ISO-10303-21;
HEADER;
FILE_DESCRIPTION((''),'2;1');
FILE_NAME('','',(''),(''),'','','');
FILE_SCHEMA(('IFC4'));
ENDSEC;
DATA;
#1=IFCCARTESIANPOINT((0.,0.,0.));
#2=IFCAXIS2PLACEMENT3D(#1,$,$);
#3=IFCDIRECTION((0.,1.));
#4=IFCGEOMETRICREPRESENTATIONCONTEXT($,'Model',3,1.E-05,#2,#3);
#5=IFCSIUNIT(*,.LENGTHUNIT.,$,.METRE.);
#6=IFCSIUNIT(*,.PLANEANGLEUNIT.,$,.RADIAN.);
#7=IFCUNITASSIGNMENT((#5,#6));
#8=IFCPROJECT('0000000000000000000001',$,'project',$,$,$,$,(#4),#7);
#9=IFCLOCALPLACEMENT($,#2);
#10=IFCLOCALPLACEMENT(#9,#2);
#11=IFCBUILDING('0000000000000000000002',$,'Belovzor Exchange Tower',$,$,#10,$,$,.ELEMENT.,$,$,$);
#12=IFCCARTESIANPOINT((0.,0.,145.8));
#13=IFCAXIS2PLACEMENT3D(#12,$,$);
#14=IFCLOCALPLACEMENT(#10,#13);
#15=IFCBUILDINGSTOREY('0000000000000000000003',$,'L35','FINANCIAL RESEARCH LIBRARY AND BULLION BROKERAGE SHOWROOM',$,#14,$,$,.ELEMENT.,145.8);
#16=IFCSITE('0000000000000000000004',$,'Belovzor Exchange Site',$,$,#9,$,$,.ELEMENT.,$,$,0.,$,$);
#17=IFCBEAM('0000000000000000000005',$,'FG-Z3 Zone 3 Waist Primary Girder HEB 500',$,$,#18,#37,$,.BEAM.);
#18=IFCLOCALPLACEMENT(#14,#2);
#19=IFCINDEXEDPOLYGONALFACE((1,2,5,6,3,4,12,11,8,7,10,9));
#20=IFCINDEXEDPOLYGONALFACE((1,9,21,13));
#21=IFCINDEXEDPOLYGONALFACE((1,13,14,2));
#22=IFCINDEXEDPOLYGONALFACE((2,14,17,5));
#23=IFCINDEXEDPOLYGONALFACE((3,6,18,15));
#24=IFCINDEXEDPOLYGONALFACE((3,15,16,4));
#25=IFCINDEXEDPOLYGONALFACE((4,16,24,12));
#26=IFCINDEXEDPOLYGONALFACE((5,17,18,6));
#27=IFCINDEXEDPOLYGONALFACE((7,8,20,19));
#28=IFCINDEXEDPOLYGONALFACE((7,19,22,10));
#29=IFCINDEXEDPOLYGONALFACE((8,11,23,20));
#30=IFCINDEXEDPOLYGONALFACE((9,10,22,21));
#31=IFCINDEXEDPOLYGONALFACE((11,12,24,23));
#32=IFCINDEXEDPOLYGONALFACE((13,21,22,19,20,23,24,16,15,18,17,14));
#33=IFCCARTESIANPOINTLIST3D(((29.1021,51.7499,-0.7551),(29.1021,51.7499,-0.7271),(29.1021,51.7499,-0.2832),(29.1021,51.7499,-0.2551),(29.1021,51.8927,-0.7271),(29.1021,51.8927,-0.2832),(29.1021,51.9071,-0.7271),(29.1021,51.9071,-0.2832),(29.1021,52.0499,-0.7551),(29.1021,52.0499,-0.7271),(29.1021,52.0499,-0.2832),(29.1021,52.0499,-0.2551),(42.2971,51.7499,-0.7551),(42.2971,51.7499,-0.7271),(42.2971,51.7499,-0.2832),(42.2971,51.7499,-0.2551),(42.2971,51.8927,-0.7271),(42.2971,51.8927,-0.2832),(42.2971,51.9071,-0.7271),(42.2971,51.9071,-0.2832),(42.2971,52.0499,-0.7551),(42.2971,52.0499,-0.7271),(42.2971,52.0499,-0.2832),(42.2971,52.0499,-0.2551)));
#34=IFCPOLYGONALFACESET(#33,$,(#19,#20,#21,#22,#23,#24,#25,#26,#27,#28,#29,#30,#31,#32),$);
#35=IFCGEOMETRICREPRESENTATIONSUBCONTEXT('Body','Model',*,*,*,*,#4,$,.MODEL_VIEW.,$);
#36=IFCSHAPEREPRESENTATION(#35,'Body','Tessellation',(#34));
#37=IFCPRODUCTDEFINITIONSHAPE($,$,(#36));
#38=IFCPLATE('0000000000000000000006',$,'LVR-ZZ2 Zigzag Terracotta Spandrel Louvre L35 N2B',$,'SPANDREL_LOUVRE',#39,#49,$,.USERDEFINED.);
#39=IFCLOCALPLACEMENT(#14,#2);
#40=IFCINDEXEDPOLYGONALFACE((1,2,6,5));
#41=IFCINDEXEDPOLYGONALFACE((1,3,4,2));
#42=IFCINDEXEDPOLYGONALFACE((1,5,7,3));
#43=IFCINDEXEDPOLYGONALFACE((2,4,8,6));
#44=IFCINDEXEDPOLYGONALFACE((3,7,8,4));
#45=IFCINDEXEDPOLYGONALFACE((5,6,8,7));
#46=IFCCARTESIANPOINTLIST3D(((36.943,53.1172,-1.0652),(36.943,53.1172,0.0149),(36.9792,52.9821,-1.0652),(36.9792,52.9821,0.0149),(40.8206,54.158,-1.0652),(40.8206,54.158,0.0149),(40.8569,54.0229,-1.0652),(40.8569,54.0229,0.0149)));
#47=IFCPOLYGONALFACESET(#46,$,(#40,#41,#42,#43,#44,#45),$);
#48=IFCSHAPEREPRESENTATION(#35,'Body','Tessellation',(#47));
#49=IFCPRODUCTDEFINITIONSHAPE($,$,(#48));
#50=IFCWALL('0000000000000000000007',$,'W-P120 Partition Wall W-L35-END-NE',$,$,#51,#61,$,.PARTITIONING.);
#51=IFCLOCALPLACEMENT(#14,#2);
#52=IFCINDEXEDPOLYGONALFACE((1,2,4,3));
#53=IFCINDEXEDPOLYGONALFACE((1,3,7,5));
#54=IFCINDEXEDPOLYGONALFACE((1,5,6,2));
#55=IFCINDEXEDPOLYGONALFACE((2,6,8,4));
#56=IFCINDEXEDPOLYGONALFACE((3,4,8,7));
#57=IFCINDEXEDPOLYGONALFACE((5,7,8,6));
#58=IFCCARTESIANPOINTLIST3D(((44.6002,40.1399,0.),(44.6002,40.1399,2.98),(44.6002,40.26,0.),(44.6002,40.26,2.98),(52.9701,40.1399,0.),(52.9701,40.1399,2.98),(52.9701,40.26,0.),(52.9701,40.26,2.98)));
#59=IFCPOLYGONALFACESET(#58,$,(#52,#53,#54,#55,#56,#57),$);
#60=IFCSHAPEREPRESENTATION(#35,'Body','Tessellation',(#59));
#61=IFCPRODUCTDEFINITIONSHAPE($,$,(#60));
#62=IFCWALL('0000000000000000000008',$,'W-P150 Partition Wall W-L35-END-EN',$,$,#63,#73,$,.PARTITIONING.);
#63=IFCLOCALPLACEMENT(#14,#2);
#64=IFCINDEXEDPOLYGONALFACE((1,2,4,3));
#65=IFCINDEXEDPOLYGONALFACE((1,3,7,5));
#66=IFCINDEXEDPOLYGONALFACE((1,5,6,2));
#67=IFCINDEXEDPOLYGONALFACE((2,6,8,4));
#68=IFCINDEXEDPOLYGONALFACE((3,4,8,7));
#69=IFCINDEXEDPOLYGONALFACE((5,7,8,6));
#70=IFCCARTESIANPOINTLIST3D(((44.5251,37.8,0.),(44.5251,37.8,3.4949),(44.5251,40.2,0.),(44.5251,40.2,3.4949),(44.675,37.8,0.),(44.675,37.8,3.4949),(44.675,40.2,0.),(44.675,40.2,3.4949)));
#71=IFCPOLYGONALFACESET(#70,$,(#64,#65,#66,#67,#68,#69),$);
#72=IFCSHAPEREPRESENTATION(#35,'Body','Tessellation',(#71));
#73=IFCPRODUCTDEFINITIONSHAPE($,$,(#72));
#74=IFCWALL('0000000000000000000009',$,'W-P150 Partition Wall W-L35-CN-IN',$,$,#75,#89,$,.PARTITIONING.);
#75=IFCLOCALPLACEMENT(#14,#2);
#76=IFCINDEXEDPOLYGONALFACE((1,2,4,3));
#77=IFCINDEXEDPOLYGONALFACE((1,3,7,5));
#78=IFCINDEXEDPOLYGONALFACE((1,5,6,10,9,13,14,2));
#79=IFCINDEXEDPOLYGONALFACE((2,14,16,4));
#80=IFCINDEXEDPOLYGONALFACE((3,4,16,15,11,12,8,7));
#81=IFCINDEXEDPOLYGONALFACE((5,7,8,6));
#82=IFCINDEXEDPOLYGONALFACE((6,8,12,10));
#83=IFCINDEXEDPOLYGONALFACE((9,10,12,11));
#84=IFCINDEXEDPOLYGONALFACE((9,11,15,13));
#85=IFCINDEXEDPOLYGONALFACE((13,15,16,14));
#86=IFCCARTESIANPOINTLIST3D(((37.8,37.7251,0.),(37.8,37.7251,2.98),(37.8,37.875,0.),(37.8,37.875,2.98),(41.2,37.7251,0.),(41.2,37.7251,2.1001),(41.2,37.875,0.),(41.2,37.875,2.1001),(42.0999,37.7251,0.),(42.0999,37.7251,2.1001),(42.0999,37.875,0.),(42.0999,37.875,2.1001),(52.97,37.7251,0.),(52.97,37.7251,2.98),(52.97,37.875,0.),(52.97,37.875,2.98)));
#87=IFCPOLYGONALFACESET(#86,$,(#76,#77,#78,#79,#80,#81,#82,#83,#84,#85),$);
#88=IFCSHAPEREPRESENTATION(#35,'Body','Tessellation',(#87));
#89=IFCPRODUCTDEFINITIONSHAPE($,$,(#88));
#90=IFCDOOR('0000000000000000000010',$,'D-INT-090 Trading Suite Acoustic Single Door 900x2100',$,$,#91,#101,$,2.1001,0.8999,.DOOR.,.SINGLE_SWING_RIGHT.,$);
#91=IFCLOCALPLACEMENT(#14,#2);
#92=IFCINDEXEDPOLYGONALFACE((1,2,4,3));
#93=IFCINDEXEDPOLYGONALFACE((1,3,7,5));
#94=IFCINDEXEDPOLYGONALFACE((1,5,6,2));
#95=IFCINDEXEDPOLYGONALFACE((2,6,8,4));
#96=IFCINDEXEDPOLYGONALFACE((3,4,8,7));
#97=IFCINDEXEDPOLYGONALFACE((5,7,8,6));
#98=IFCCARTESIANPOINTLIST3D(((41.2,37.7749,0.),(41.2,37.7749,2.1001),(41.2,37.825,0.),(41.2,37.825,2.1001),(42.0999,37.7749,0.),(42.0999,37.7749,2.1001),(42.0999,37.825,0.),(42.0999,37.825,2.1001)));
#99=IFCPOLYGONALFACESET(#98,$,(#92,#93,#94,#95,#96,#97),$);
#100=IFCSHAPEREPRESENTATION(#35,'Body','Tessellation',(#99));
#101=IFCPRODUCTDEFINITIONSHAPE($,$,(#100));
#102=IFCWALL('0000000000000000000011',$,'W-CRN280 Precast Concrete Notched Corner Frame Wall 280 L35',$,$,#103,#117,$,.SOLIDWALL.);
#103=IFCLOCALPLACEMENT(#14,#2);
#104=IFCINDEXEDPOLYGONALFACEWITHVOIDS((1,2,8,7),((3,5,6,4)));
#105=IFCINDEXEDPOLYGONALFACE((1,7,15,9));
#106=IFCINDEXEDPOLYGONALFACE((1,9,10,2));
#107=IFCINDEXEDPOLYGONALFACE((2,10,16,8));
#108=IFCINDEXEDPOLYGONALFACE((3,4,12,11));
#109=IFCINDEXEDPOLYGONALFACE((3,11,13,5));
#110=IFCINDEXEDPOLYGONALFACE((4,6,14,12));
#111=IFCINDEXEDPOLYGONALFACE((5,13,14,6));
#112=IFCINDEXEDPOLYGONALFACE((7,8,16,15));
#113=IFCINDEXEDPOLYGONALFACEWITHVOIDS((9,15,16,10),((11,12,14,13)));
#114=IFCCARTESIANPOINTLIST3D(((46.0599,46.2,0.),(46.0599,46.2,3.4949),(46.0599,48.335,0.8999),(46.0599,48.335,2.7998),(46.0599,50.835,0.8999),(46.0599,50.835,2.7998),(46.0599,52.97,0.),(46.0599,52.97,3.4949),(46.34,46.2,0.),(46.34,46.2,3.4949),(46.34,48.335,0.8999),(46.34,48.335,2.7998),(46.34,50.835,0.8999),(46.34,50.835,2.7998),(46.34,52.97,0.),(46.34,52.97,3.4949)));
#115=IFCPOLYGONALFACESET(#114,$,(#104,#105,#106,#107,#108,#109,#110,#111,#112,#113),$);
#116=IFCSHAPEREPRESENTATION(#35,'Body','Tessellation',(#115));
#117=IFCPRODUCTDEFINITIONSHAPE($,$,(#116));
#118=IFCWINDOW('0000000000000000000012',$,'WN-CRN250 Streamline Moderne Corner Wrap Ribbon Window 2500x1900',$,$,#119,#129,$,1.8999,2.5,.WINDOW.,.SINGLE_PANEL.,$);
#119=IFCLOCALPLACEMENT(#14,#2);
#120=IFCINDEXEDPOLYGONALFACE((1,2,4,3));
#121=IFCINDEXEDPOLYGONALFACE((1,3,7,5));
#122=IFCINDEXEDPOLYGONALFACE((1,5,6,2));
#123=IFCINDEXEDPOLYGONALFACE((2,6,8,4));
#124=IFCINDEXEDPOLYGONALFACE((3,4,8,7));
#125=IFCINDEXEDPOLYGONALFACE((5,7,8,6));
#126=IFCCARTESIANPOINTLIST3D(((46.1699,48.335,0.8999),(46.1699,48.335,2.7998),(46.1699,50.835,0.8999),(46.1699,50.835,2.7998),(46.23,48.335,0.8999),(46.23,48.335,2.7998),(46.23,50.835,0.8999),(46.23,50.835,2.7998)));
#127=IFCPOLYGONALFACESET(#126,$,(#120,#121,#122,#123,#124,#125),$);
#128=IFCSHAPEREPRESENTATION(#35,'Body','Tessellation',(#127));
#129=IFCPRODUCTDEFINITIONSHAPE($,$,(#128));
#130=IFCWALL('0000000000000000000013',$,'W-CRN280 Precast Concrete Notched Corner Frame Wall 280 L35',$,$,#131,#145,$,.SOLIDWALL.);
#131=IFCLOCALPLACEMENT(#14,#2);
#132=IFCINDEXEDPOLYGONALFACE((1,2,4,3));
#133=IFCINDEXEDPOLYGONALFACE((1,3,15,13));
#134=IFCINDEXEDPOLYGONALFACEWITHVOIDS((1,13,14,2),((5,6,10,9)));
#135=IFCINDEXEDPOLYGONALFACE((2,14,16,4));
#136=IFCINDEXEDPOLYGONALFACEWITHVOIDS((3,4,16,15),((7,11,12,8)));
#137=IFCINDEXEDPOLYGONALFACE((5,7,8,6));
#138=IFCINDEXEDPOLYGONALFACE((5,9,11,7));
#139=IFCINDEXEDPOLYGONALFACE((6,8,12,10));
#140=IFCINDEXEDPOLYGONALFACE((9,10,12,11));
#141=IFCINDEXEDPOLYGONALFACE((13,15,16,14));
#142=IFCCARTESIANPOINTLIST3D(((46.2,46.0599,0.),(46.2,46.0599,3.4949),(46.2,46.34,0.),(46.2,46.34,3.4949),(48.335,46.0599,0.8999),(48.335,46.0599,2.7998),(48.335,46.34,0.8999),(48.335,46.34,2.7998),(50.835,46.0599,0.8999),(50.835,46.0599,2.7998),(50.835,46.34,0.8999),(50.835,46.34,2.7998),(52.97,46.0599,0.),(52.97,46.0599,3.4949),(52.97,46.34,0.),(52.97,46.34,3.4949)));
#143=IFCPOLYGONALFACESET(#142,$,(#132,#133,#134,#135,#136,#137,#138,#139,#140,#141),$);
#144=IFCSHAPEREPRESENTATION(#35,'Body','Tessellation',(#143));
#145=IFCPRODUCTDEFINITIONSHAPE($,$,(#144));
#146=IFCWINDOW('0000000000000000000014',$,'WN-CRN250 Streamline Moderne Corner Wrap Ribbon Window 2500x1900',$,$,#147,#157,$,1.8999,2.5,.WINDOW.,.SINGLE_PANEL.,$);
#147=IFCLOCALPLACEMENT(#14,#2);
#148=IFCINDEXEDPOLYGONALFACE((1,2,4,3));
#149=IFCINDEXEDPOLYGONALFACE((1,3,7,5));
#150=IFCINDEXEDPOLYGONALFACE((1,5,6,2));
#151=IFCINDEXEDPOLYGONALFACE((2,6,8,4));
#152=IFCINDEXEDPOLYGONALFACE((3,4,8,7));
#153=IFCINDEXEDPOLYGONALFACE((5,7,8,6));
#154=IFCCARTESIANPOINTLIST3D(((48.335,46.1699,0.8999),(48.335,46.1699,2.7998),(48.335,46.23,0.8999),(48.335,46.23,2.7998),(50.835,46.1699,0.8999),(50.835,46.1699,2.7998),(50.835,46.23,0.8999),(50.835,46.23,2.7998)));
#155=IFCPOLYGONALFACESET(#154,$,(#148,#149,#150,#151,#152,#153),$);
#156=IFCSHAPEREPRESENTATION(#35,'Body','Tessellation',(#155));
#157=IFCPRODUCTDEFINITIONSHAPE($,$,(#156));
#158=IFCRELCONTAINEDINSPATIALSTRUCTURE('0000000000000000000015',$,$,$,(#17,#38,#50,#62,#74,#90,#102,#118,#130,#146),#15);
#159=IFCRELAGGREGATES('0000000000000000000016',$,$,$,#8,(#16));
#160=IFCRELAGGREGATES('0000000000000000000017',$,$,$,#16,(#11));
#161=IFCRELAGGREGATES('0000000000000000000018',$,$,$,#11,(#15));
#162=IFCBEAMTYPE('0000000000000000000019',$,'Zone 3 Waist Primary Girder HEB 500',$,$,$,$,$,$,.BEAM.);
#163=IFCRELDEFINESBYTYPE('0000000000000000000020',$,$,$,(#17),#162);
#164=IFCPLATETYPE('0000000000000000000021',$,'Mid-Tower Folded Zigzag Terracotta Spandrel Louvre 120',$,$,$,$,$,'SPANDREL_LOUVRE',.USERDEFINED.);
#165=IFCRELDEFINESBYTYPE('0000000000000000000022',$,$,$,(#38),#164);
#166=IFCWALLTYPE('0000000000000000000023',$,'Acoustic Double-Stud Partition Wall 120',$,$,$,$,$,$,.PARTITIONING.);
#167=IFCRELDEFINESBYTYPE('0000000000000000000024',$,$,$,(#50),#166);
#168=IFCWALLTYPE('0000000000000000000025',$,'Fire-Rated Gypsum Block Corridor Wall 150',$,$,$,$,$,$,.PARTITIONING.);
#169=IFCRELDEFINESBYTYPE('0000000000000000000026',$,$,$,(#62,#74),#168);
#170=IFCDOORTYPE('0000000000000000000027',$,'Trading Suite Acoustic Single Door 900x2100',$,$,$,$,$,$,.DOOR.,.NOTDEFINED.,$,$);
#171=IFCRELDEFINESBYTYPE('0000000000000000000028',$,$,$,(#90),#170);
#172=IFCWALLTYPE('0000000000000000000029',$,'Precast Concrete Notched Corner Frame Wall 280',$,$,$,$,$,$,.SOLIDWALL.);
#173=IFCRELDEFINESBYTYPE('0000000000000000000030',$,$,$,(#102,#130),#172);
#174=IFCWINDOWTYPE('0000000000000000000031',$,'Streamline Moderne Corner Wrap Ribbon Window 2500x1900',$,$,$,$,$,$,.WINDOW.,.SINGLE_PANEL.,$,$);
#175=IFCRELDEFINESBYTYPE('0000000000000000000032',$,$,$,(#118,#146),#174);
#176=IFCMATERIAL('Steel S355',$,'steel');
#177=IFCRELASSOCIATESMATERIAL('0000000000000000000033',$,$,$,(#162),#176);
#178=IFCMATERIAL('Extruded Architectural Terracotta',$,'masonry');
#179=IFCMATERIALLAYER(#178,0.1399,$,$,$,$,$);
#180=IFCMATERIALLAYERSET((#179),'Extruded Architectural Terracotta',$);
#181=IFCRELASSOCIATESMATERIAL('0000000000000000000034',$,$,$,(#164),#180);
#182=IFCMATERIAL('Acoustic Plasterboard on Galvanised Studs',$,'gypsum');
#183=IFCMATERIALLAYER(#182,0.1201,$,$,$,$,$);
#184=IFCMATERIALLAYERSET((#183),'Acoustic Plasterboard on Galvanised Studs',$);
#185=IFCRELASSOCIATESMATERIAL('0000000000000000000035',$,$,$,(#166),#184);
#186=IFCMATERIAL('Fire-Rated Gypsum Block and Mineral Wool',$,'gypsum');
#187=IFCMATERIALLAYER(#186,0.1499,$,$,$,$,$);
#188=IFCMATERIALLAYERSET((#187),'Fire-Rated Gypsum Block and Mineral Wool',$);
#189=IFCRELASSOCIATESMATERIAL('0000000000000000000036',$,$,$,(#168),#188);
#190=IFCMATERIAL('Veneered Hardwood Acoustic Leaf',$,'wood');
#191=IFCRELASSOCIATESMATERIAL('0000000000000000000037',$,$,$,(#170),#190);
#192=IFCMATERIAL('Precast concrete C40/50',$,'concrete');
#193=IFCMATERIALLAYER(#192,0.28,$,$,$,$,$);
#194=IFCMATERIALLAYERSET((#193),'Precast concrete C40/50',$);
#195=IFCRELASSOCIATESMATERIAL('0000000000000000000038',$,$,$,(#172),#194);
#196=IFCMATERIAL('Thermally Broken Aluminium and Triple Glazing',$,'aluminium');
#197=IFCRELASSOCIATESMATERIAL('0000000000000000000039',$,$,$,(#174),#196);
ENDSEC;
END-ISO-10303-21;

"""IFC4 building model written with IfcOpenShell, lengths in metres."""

from ifc_helpers import new_model, si_unit, direction, frame, frame_2d, origin, origin_2d, place, context, subcontext, project, spatial, rectangle, i_section, extrude, material, layer, layer_set, material_profile, profile_set, type_object, element, fill, save


model = new_model("IFC4")

# Units and contexts
model_context = context("Model", 3, precision=1e-05, world=origin(), true_north=direction((0.0, 1.0)))
body_context = subcontext(model_context, "Body", "Model", "MODEL_VIEW")
ifc_project = project(units=[si_unit("LENGTHUNIT", "METRE"), si_unit("PLANEANGLEUNIT", "RADIAN")], contexts=[model_context])

# Site, building, storey
site_placement = place(None, origin())
site = spatial("IfcSite", under=ifc_project, at=site_placement, Name="Belovzor Exchange Site", CompositionType="ELEMENT", RefElevation=0.0)
building_placement = place(site_placement, origin())
building = spatial("IfcBuilding", under=site, at=building_placement, Name="Belovzor Exchange Tower", CompositionType="ELEMENT")
storey_placement = place(building_placement, frame((0.0, 0.0, 145.8)))
storey = spatial("IfcBuildingStorey", under=building, at=storey_placement, Name="L35", Description="FINANCIAL RESEARCH LIBRARY AND BULLION BROKERAGE SHOWROOM", CompositionType="ELEMENT", Elevation=145.8)

# Beam
ifc_material_1 = material(Name="Steel S355", Category="steel")
ifc_material_profile_1 = material_profile(ifc_material_1, i_section(OverallWidth=0.3, OverallDepth=0.5, WebThickness=0.0144, FlangeThickness=0.0281, at=origin_2d()))
ifc_profile_set_1 = profile_set([ifc_material_profile_1], Name="Steel S355")
beam_type_1 = type_object("IfcBeamType", Name="Zone 3 Waist Primary Girder HEB 500", PredefinedType="BEAM", material=ifc_profile_set_1)
beam_1_placement = place(storey_placement, frame((42.2971, 51.8999, -0.5051), z_axis=(-1.0, 0.0, 0.0), x_axis=(0.0, -1.0, 0.0)))
element("IfcBeam", 1, at=beam_1_placement, inside=storey, type_object=beam_type_1, Name="FG-Z3 Zone 3 Waist Primary Girder HEB 500", PredefinedType="BEAM", context=body_context, shape_type="SweptSolid", body=[
    extrude(i_section(OverallWidth=0.3, OverallDepth=0.5, WebThickness=0.0144, FlangeThickness=0.0281, at=origin_2d()), origin(), (0.0, 0.0, 1.0), 13.1951),
])

# Plate
ifc_material_2 = material(Name="Extruded Architectural Terracotta", Category="masonry")
ifc_layer_1 = layer(ifc_material_2, 0.1399)
ifc_layer_set_1 = layer_set([ifc_layer_1], Name="Extruded Architectural Terracotta")
plate_type = type_object("IfcPlateType", Name="Mid-Tower Folded Zigzag Terracotta Spandrel Louvre 120", ElementType="SPANDREL_LOUVRE", PredefinedType="USERDEFINED", material=ifc_layer_set_1)
plate_placement = place(storey_placement, frame((38.8999, 53.5701, -1.0652), z_axis=(0.0, 0.0, 1.0), x_axis=(0.965813, 0.25924, 0.0)))
element("IfcPlate", 2, at=plate_placement, inside=storey, type_object=plate_type, Name="LVR-ZZ2 Zigzag Terracotta Spandrel Louvre L35 N2B", ObjectType="SPANDREL_LOUVRE", PredefinedType="USERDEFINED", context=body_context, shape_type="SweptSolid", body=[
    extrude(rectangle(XDim=4.0149, YDim=0.1399, at=origin_2d()), origin(), (0.0, 0.0, 1.0), 1.0801),
])

# Walls
ifc_material_3 = material(Name="Acoustic Plasterboard on Galvanised Studs", Category="gypsum")
ifc_layer_2 = layer(ifc_material_3, 0.1201)
ifc_layer_set_2 = layer_set([ifc_layer_2], Name="Acoustic Plasterboard on Galvanised Studs")
wall_type_1 = type_object("IfcWallType", Name="Acoustic Double-Stud Partition Wall 120", PredefinedType="PARTITIONING", material=ifc_layer_set_2)
wall_1_placement = place(storey_placement, frame((44.6001, 40.2, 0.0), z_axis=(0.0, 0.0, 1.0), x_axis=(1.0, 0.0, 0.0)))
element("IfcWall", 3, at=wall_1_placement, inside=storey, type_object=wall_type_1, Name="W-P120 Partition Wall W-L35-END-NE", PredefinedType="PARTITIONING", context=body_context, shape_type="SweptSolid", body=[
    extrude(rectangle(XDim=8.3699, YDim=0.1201, at=frame_2d((4.1851, 0.0))), origin(), (0.0, 0.0, 1.0), 2.98),
])
ifc_material_4 = material(Name="Fire-Rated Gypsum Block and Mineral Wool", Category="gypsum")
ifc_layer_3 = layer(ifc_material_4, 0.1499)
ifc_layer_set_3 = layer_set([ifc_layer_3], Name="Fire-Rated Gypsum Block and Mineral Wool")
wall_type_2 = type_object("IfcWallType", Name="Fire-Rated Gypsum Block Corridor Wall 150", PredefinedType="PARTITIONING", material=ifc_layer_set_3)
wall_2_placement = place(storey_placement, frame((44.6001, 37.8, 0.0), z_axis=(0.0, 0.0, 1.0), x_axis=(0.0, 1.0, 0.0)))
element("IfcWall", 4, at=wall_2_placement, inside=storey, type_object=wall_type_2, Name="W-P150 Partition Wall W-L35-END-EN", PredefinedType="PARTITIONING", context=body_context, shape_type="SweptSolid", body=[
    extrude(rectangle(XDim=2.3999, YDim=0.1499, at=frame_2d((1.2, 0.0))), origin(), (0.0, 0.0, 1.0), 3.4949),
])

# Wall, opening, door
wall_3_placement = place(storey_placement, frame((37.8, 37.8, 0.0), z_axis=(0.0, 0.0, 1.0), x_axis=(1.0, 0.0, 0.0)))
wall_3 = element("IfcWall", 5, at=wall_3_placement, inside=storey, type_object=wall_type_2, Name="W-P150 Partition Wall W-L35-CN-IN", PredefinedType="PARTITIONING", context=body_context, shape_type="SweptSolid", body=[
    extrude(rectangle(XDim=15.1699, YDim=0.1499, at=frame_2d((7.585, 0.0))), origin(), (0.0, 0.0, 1.0), 2.98),
])
opening_1_placement = place(wall_3_placement, frame((3.3999, 0.0, 0.0)))
opening_1 = element("IfcOpeningElement", 6, at=opening_1_placement, cuts=wall_3, PredefinedType="OPENING", context=body_context, shape_type="SweptSolid", body=[
    extrude(rectangle(XDim=0.8999, YDim=2.1001, at=frame_2d((0.45, 1.05))), frame((0.0, 0.085, 0.0), z_axis=(0.0, -1.0, 0.0), x_axis=(1.0, 0.0, 0.0)), (0.0, 0.0, 1.0), 0.1699),
])
ifc_material_5 = material(Name="Veneered Hardwood Acoustic Leaf", Category="wood")
door_type_1 = type_object("IfcDoorType", Name="Trading Suite Acoustic Single Door 900x2100", OperationType="NOTDEFINED", PredefinedType="DOOR", material=ifc_material_5)
door_1_placement = place(opening_1_placement, origin())
door_1 = element("IfcDoor", 7, at=door_1_placement, inside=storey, type_object=door_type_1, Name="D-INT-090 Trading Suite Acoustic Single Door 900x2100", OperationType="SINGLE_SWING_RIGHT", OverallHeight=2.1001, OverallWidth=0.8999, PredefinedType="DOOR", context=body_context, shape_type="SweptSolid", body=[
    extrude(rectangle(XDim=0.8999, YDim=2.1001, at=frame_2d((0.45, 1.05))), frame((0.0, 0.0249, 0.0), z_axis=(0.0, -1.0, 0.0), x_axis=(1.0, 0.0, 0.0)), (0.0, 0.0, 1.0), 0.05),
])
fill(opening_1, door_1)

# Walls, openings, windows
ifc_material_6 = material(Name="Precast concrete C40/50", Category="concrete")
ifc_layer_4 = layer(ifc_material_6, 0.28)
ifc_layer_set_4 = layer_set([ifc_layer_4], Name="Precast concrete C40/50")
wall_type_3 = type_object("IfcWallType", Name="Precast Concrete Notched Corner Frame Wall 280", PredefinedType="SOLIDWALL", material=ifc_layer_set_4)
wall_4_placement = place(storey_placement, frame((46.2, 52.97, 0.0), z_axis=(0.0, 0.0, 1.0), x_axis=(0.0, -1.0, 0.0)))
wall_4 = element("IfcWall", 8, at=wall_4_placement, inside=storey, type_object=wall_type_3, Name="W-CRN280 Precast Concrete Notched Corner Frame Wall 280 L35", PredefinedType="SOLIDWALL", context=body_context, shape_type="SweptSolid", body=[
    extrude(rectangle(XDim=6.77, YDim=0.28, at=frame_2d((3.385, 0.0))), origin(), (0.0, 0.0, 1.0), 3.4949),
])
opening_2_placement = place(wall_4_placement, frame((2.135, 0.0, 0.8999)))
opening_2 = element("IfcOpeningElement", 9, at=opening_2_placement, cuts=wall_4, PredefinedType="OPENING", context=body_context, shape_type="SweptSolid", body=[
    extrude(rectangle(XDim=2.5, YDim=1.8999, at=frame_2d((1.25, 0.95))), frame((0.0, 0.1499, 0.0), z_axis=(0.0, -1.0, 0.0), x_axis=(1.0, 0.0, 0.0)), (0.0, 0.0, 1.0), 0.3),
])
ifc_material_7 = material(Name="Thermally Broken Aluminium and Triple Glazing", Category="aluminium")
window_type = type_object("IfcWindowType", Name="Streamline Moderne Corner Wrap Ribbon Window 2500x1900", PartitioningType="SINGLE_PANEL", PredefinedType="WINDOW", material=ifc_material_7)
window_1_placement = place(opening_2_placement, origin())
window_1 = element("IfcWindow", 10, at=window_1_placement, inside=storey, type_object=window_type, Name="WN-CRN250 Streamline Moderne Corner Wrap Ribbon Window 2500x1900", OverallHeight=1.8999, OverallWidth=2.5, PartitioningType="SINGLE_PANEL", PredefinedType="WINDOW", context=body_context, shape_type="SweptSolid", body=[
    extrude(rectangle(XDim=2.5, YDim=1.8999, at=frame_2d((1.25, 0.95))), frame((0.0, 0.03, 0.0), z_axis=(0.0, -1.0, 0.0), x_axis=(1.0, 0.0, 0.0)), (0.0, 0.0, 1.0), 0.0601),
])
fill(opening_2, window_1)
wall_5_placement = place(storey_placement, frame((46.2, 46.2, 0.0), z_axis=(0.0, 0.0, 1.0), x_axis=(1.0, 0.0, 0.0)))
wall_5 = element("IfcWall", 11, at=wall_5_placement, inside=storey, type_object=wall_type_3, Name="W-CRN280 Precast Concrete Notched Corner Frame Wall 280 L35", PredefinedType="SOLIDWALL", context=body_context, shape_type="SweptSolid", body=[
    extrude(rectangle(XDim=6.77, YDim=0.28, at=frame_2d((3.385, 0.0))), origin(), (0.0, 0.0, 1.0), 3.4949),
])
opening_3_placement = place(wall_5_placement, frame((2.135, 0.0, 0.8999)))
opening_3 = element("IfcOpeningElement", 12, at=opening_3_placement, cuts=wall_5, PredefinedType="OPENING", context=body_context, shape_type="SweptSolid", body=[
    extrude(rectangle(XDim=2.5, YDim=1.8999, at=frame_2d((1.25, 0.95))), frame((0.0, 0.1499, 0.0), z_axis=(0.0, -1.0, 0.0), x_axis=(1.0, 0.0, 0.0)), (0.0, 0.0, 1.0), 0.3),
])
window_2_placement = place(opening_3_placement, origin())
window_2 = element("IfcWindow", 13, at=window_2_placement, inside=storey, type_object=window_type, Name="WN-CRN250 Streamline Moderne Corner Wrap Ribbon Window 2500x1900", OverallHeight=1.8999, OverallWidth=2.5, PartitioningType="SINGLE_PANEL", PredefinedType="WINDOW", context=body_context, shape_type="SweptSolid", body=[
    extrude(rectangle(XDim=2.5, YDim=1.8999, at=frame_2d((1.25, 0.95))), frame((0.0, 0.03, 0.0), z_axis=(0.0, -1.0, 0.0), x_axis=(1.0, 0.0, 0.0)), (0.0, 0.0, 1.0), 0.0601),
])
fill(opening_3, window_2)

save(model, "model.ifc")
